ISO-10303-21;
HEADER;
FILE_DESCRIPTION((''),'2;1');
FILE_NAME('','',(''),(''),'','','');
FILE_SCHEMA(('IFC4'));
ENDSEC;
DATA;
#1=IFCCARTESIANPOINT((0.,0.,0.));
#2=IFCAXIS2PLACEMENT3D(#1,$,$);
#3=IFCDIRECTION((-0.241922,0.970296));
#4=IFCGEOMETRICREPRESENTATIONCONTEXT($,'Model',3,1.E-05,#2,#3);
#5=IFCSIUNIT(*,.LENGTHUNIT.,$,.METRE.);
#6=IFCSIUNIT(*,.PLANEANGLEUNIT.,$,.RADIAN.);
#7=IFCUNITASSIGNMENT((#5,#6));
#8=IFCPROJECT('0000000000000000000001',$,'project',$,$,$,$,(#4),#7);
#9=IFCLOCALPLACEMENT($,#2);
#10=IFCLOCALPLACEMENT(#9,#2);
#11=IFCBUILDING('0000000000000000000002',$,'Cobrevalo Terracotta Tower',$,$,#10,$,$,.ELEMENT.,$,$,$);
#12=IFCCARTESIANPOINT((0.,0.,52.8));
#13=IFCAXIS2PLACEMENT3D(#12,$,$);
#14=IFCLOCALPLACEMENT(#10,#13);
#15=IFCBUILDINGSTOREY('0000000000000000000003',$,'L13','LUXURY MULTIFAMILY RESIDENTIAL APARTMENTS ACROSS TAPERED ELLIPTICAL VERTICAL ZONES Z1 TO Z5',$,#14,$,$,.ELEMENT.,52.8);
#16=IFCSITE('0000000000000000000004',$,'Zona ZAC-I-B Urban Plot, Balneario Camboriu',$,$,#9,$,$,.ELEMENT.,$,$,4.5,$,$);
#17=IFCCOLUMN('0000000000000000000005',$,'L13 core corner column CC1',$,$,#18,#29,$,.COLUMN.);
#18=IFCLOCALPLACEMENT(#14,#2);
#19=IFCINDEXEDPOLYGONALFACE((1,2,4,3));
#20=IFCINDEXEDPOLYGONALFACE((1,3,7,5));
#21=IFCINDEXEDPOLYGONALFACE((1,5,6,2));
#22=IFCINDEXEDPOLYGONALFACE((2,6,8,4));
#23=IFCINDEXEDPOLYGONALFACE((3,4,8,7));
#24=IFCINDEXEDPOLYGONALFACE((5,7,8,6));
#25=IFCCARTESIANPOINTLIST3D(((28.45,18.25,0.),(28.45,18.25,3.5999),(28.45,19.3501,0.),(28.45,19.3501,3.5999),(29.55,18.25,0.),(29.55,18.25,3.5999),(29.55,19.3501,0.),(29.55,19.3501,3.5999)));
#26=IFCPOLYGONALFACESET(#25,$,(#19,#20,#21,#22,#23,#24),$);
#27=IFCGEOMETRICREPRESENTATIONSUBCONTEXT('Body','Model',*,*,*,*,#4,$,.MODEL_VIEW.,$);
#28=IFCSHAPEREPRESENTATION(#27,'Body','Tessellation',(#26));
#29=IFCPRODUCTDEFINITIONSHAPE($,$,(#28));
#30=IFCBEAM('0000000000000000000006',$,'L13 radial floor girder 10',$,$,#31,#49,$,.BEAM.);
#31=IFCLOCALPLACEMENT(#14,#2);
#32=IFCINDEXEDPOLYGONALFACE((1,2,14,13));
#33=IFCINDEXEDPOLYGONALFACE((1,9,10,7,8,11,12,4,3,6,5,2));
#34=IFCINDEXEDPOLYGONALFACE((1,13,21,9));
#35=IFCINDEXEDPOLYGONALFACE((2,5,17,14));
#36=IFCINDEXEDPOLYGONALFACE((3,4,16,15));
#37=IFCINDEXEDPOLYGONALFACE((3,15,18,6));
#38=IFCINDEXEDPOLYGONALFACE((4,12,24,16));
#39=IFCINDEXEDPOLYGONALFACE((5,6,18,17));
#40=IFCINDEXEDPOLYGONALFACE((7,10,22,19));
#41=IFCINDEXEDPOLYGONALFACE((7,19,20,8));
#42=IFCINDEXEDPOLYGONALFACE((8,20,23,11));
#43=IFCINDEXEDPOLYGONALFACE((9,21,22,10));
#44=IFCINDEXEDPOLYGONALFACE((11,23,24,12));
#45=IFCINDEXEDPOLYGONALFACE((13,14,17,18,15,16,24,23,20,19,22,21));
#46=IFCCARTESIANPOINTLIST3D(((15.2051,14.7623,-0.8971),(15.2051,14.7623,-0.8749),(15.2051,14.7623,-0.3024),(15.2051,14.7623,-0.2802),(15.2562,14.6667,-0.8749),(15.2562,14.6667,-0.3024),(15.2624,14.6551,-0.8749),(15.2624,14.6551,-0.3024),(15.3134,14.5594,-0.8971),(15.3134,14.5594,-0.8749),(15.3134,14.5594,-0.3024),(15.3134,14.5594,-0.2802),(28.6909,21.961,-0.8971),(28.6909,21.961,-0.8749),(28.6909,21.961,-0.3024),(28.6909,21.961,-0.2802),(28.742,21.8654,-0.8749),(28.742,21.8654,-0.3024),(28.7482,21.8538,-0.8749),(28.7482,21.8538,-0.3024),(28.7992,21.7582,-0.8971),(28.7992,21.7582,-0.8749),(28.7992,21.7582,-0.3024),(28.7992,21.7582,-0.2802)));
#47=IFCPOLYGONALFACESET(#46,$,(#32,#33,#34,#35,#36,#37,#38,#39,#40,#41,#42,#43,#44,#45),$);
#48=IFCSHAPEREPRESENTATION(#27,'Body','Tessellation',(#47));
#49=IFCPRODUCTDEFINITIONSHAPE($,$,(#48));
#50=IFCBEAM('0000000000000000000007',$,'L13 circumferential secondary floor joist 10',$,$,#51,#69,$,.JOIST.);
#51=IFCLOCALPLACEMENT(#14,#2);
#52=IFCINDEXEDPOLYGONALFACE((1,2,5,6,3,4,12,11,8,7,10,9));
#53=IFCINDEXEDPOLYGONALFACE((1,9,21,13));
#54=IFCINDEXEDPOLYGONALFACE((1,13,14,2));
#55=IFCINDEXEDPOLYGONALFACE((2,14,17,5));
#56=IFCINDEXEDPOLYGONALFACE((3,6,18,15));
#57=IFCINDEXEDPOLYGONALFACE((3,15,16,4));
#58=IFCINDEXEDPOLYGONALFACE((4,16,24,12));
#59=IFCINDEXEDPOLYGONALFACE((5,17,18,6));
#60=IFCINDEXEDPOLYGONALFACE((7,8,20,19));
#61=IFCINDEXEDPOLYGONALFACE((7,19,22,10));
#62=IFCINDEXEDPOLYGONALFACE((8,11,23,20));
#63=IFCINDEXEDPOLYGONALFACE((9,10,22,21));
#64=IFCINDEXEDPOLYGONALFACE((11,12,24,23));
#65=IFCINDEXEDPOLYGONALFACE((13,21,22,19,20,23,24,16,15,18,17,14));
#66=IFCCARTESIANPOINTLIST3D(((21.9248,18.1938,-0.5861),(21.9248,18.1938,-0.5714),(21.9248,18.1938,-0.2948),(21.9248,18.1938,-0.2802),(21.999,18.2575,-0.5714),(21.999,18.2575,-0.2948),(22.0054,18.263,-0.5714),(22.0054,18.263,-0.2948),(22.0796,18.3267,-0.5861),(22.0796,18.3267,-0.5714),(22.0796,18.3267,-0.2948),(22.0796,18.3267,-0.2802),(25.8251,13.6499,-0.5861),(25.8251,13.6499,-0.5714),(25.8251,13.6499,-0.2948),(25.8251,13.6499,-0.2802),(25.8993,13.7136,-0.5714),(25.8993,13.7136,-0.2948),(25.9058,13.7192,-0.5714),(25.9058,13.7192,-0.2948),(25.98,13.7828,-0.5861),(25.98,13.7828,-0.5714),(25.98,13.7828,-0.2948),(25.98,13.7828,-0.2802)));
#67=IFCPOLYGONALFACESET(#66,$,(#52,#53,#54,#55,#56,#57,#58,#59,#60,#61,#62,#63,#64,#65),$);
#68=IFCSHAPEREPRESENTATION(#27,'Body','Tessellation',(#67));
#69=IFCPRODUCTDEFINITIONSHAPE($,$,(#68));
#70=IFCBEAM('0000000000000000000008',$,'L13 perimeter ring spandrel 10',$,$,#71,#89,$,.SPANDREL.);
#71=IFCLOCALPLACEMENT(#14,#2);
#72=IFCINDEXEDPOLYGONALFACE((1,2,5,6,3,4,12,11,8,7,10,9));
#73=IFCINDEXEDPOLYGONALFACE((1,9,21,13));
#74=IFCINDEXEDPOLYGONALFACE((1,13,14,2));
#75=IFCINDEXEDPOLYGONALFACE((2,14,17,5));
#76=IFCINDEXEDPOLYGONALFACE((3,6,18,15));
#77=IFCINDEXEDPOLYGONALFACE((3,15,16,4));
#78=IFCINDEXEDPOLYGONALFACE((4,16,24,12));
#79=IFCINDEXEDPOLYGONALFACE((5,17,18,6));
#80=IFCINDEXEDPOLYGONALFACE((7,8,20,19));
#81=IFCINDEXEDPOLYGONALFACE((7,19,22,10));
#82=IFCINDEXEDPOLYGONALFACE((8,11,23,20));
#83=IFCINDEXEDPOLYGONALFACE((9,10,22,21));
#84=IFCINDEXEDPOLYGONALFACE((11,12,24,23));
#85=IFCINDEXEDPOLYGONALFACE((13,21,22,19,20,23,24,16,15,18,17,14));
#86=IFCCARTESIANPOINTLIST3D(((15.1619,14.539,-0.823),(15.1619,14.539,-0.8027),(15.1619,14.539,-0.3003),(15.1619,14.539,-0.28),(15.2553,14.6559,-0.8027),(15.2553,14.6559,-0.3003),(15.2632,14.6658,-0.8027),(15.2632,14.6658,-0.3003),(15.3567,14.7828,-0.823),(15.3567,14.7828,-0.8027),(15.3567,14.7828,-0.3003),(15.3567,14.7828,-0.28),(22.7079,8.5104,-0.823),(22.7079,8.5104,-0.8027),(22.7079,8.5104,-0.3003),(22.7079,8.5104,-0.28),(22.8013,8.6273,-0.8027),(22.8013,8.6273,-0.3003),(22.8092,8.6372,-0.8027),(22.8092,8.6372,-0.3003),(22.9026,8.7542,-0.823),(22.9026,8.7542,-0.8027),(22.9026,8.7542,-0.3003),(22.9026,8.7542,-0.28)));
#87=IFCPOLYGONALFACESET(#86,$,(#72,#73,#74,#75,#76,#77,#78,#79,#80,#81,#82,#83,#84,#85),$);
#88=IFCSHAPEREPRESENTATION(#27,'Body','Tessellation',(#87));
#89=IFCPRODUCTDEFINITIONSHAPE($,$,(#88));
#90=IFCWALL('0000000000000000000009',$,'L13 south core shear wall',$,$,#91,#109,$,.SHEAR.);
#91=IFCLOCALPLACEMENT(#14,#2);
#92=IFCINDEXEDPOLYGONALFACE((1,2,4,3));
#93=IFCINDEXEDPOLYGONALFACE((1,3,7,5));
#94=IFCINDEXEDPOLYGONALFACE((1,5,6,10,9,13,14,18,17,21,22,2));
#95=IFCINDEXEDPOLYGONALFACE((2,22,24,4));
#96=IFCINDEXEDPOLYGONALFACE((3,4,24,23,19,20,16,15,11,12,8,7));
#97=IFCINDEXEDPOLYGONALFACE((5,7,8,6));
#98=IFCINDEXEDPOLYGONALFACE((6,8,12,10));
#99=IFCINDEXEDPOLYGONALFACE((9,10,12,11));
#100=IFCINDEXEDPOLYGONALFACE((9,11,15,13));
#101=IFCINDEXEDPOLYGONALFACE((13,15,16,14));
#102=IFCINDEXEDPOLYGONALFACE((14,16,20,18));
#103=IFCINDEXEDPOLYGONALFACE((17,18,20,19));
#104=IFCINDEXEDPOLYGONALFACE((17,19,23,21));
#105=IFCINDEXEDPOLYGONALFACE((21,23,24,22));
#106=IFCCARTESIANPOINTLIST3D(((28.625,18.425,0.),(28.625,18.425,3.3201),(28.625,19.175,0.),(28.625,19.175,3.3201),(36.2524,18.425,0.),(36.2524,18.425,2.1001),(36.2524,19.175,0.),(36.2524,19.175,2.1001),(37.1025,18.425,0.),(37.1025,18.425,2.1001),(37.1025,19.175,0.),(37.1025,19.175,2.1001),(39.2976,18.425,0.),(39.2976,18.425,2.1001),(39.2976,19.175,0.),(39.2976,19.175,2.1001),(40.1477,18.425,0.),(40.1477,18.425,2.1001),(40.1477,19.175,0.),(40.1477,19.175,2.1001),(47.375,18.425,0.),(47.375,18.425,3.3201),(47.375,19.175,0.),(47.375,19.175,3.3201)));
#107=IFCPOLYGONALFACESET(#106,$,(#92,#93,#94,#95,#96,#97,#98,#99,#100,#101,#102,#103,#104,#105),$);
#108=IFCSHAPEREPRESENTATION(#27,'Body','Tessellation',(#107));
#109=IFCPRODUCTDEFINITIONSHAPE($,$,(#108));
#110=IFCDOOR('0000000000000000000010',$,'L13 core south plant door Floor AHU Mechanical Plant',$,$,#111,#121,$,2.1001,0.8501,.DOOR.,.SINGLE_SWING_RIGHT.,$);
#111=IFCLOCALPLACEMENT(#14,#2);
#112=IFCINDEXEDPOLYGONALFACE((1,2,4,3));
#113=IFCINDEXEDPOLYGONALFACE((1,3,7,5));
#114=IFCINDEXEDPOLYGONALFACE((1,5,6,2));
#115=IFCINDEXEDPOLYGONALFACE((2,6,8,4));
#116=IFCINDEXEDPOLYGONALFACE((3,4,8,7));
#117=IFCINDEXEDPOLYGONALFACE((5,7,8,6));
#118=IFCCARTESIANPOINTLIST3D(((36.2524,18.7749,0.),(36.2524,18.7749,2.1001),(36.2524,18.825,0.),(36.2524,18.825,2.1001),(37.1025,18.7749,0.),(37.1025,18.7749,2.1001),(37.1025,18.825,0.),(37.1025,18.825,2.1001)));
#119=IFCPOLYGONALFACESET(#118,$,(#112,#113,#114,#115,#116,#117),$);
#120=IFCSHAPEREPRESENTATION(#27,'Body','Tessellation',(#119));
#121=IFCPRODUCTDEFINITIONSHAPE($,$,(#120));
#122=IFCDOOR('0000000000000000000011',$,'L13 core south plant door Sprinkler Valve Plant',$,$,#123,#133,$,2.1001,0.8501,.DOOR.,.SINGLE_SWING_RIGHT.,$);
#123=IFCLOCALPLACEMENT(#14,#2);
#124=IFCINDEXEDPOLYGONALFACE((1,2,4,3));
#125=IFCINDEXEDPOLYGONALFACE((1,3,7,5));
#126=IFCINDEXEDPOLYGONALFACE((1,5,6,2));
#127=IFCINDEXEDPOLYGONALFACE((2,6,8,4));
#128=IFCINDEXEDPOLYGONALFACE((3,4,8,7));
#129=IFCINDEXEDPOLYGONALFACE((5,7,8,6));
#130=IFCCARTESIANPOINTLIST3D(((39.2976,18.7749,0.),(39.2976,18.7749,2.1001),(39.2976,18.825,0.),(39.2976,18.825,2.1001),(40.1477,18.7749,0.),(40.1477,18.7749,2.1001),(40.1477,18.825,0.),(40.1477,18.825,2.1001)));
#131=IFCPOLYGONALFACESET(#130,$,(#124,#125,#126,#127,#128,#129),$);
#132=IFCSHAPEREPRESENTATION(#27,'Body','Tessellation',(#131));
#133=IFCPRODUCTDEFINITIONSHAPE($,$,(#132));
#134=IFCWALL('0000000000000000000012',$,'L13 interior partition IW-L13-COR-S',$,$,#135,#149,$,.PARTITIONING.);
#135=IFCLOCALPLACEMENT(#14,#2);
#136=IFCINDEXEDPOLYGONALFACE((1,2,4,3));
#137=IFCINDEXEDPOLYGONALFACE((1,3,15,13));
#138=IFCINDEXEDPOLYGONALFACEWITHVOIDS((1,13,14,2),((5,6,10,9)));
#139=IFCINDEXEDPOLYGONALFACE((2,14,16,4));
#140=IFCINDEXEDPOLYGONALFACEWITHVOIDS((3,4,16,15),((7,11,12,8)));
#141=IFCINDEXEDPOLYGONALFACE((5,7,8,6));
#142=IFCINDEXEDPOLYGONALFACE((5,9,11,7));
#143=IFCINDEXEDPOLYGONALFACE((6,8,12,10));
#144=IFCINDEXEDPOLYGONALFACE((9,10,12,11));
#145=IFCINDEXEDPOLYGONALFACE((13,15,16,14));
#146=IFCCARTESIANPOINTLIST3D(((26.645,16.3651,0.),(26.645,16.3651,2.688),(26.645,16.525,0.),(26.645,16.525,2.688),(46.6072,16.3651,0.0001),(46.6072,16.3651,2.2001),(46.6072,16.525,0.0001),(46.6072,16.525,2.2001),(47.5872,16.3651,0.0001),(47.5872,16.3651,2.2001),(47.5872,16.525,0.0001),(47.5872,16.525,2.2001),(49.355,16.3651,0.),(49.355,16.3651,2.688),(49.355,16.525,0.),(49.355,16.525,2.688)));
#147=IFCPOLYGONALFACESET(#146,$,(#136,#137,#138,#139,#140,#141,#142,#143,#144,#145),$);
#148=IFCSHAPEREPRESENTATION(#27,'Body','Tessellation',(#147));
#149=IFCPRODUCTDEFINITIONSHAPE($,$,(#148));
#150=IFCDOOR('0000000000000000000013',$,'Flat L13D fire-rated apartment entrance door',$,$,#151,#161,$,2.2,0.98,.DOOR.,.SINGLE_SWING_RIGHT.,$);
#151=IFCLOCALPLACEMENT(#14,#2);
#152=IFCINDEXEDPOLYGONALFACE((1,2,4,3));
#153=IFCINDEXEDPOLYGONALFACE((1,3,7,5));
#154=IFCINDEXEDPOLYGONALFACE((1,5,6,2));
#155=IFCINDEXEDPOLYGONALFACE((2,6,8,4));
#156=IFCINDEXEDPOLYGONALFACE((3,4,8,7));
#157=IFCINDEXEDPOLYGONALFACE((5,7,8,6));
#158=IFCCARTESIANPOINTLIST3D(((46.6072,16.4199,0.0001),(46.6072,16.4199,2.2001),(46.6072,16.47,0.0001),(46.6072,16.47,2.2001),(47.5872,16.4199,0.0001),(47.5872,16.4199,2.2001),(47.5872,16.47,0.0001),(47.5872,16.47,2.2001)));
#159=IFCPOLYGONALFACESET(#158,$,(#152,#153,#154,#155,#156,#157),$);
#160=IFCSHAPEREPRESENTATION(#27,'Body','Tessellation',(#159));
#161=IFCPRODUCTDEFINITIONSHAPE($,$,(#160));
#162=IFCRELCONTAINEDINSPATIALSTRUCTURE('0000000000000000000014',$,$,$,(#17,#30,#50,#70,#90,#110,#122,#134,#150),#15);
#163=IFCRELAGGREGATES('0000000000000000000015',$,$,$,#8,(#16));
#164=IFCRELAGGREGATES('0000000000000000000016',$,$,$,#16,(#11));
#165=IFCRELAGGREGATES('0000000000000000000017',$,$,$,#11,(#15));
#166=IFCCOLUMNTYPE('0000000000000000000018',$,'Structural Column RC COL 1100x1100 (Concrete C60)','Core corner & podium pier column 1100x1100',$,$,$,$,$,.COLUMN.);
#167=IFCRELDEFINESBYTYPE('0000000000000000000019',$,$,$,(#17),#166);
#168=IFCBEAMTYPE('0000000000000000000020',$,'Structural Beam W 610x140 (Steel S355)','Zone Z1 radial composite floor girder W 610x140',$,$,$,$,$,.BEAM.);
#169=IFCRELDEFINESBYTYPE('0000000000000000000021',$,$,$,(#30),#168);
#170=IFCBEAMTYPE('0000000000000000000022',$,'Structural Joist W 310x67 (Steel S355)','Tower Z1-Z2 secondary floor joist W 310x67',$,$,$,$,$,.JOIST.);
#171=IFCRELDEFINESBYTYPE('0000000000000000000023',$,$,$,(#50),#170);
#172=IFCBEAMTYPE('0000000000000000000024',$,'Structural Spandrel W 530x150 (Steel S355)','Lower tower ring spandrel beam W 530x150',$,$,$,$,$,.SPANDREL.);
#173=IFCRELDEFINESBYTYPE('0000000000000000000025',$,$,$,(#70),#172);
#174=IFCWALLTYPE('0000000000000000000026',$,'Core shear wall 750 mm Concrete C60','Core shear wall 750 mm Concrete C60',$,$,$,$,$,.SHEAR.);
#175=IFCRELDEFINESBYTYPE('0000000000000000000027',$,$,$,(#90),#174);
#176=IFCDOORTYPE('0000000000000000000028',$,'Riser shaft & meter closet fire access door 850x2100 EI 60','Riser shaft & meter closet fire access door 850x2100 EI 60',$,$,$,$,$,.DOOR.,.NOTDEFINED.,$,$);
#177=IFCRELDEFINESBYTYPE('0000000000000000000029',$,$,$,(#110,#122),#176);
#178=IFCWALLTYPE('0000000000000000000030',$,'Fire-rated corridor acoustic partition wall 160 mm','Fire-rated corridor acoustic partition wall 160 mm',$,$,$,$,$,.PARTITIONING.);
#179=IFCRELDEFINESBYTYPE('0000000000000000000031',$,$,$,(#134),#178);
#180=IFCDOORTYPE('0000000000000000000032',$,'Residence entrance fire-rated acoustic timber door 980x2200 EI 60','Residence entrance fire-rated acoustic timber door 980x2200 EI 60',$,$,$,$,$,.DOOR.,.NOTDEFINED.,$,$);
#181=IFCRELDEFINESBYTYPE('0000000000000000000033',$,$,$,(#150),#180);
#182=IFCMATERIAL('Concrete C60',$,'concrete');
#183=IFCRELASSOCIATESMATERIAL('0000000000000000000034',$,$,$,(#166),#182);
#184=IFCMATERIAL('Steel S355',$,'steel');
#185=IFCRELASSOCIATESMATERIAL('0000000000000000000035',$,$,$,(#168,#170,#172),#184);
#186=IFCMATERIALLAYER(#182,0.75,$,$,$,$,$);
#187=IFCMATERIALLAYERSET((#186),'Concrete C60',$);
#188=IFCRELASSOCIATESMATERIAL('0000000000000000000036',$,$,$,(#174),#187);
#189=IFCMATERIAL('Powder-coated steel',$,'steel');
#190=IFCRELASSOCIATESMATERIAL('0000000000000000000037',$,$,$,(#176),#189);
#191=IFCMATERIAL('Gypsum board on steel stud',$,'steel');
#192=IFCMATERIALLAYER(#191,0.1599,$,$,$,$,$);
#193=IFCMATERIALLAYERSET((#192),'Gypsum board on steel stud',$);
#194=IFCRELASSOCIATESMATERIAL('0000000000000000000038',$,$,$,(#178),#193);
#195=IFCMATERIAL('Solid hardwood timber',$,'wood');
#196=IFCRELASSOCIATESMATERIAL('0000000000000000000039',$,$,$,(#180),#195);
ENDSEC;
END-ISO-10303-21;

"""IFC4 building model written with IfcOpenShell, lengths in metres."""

from ifc_helpers import new_model, si_unit, direction, frame, frame_2d, origin, origin_2d, place, context, subcontext, project, spatial, rectangle, i_section, extrude, source, transform, mapped, material, layer, layer_set, material_profile, profile_set, type_object, element, fill, save


model = new_model("IFC4")

# Units and contexts
model_context = context("Model", 3, precision=1e-05, world=origin(), true_north=direction((-0.241922, 0.970296)))
body_context = subcontext(model_context, "Body", "Model", "MODEL_VIEW")
ifc_project = project(units=[si_unit("LENGTHUNIT", "METRE"), si_unit("PLANEANGLEUNIT", "RADIAN")], contexts=[model_context])

# Site, building, storey
site_placement = place(None, origin())
site = spatial("IfcSite", under=ifc_project, at=site_placement, Name="Zona ZAC-I-B Urban Plot, Balneario Camboriu", CompositionType="ELEMENT", RefElevation=4.5)
building_placement = place(site_placement, origin())
building = spatial("IfcBuilding", under=site, at=building_placement, Name="Cobrevalo Terracotta Tower", CompositionType="ELEMENT")
storey_placement = place(building_placement, frame((0.0, 0.0, 52.8)))
storey = spatial("IfcBuildingStorey", under=building, at=storey_placement, Name="L13", Description="LUXURY MULTIFAMILY RESIDENTIAL APARTMENTS ACROSS TAPERED ELLIPTICAL VERTICAL ZONES Z1 TO Z5", CompositionType="ELEMENT", Elevation=52.8)

# Column
ifc_material_1 = material(Name="Concrete C60", Category="concrete")
ifc_material_profile_1 = material_profile(ifc_material_1, rectangle(XDim=1.1001, YDim=1.1001, at=origin_2d()), Name="RC COL 1100x1100")
ifc_profile_set_1 = profile_set([ifc_material_profile_1], Name="Concrete C60")
column_type = type_object("IfcColumnType", Name="Structural Column RC COL 1100x1100 (Concrete C60)", Description="Core corner & podium pier column 1100x1100", PredefinedType="COLUMN", material=ifc_profile_set_1)
column_placement = place(storey_placement, frame((29.0, 18.8, 0.0), z_axis=(0.0, 0.0, 1.0), x_axis=(1.0, 0.0, 0.0)))
element("IfcColumn", 1, at=column_placement, inside=storey, type_object=column_type, Name="L13 core corner column CC1", PredefinedType="COLUMN", context=body_context, shape_type="SweptSolid", body=[
    extrude(rectangle(XDim=1.1001, YDim=1.1001, at=origin_2d()), origin(), (0.0, 0.0, 1.0), 3.5999),
])

# Beams
ifc_material_2 = material(Name="Steel S355", Category="steel")
ifc_material_profile_2 = material_profile(ifc_material_2, i_section(OverallWidth=0.23, OverallDepth=0.6169, WebThickness=0.0132, FlangeThickness=0.0222, at=origin_2d()), Name="W 610x140")
ifc_profile_set_2 = profile_set([ifc_material_profile_2], Name="Steel S355")
beam_type_1 = type_object("IfcBeamType", Name="Structural Beam W 610x140 (Steel S355)", Description="Zone Z1 radial composite floor girder W 610x140", PredefinedType="BEAM", material=ifc_profile_set_2)
beam_1_placement = place(storey_placement, frame((15.2593, 14.6609, -0.5886), z_axis=(0.882182, 0.470908, 0.0), x_axis=(-0.470908, 0.882182, 0.0)))
element("IfcBeam", 2, at=beam_1_placement, inside=storey, type_object=beam_type_1, Name="L13 radial floor girder 10", PredefinedType="BEAM", context=body_context, shape_type="SweptSolid", body=[
    extrude(i_section(OverallWidth=0.23, OverallDepth=0.6169, WebThickness=0.0132, FlangeThickness=0.0222, at=origin_2d()), origin(), (0.0, 0.0, 1.0), 15.2869),
])
ifc_material_profile_3 = material_profile(ifc_material_2, i_section(OverallWidth=0.2041, OverallDepth=0.3059, WebThickness=0.0085, FlangeThickness=0.0146, at=origin_2d()), Name="W 310x67")
ifc_profile_set_3 = profile_set([ifc_material_profile_3], Name="Steel S355")
beam_type_2 = type_object("IfcBeamType", Name="Structural Joist W 310x67 (Steel S355)", Description="Tower Z1-Z2 secondary floor joist W 310x67", PredefinedType="JOIST", material=ifc_profile_set_3)
beam_2_placement = place(storey_placement, frame((22.0022, 18.2603, -0.4331), z_axis=(0.651328, -0.758796, 0.0), x_axis=(0.758796, 0.651328, 0.0)))
element("IfcBeam", 3, at=beam_2_placement, inside=storey, type_object=beam_type_2, Name="L13 circumferential secondary floor joist 10", PredefinedType="JOIST", context=body_context, shape_type="SweptSolid", body=[
    extrude(i_section(OverallWidth=0.2041, OverallDepth=0.3059, WebThickness=0.0085, FlangeThickness=0.0146, at=origin_2d()), origin(), (0.0, 0.0, 1.0), 5.9883),
])
ifc_material_profile_4 = material_profile(ifc_material_2, i_section(OverallWidth=0.312, OverallDepth=0.543, WebThickness=0.0127, FlangeThickness=0.0203, at=origin_2d()), Name="W 530x150")
ifc_profile_set_4 = profile_set([ifc_material_profile_4], Name="Steel S355")
beam_type_3 = type_object("IfcBeamType", Name="Structural Spandrel W 530x150 (Steel S355)", Description="Lower tower ring spandrel beam W 530x150", PredefinedType="SPANDREL", material=ifc_profile_set_4)
beam_3_placement = place(storey_placement, frame((15.2593, 14.6609, -0.5515), z_axis=(0.78128, -0.62418, 0.0), x_axis=(0.62418, 0.78128, 0.0)))
element("IfcBeam", 4, at=beam_3_placement, inside=storey, type_object=beam_type_3, Name="L13 perimeter ring spandrel 10", PredefinedType="SPANDREL", context=body_context, shape_type="SweptSolid", body=[
    extrude(i_section(OverallWidth=0.312, OverallDepth=0.543, WebThickness=0.0127, FlangeThickness=0.0203, at=origin_2d()), origin(), (0.0, 0.0, 1.0), 9.6584),
])

# Wall, openings, doors
ifc_layer_1 = layer(ifc_material_1, 0.75)
ifc_layer_set_1 = layer_set([ifc_layer_1], Name="Concrete C60")
wall_type_1 = type_object("IfcWallType", Name="Core shear wall 750 mm Concrete C60", Description="Core shear wall 750 mm Concrete C60", PredefinedType="SHEAR", material=ifc_layer_set_1)
wall_1_placement = place(storey_placement, frame((28.625, 18.8, 0.0), z_axis=(0.0, 0.0, 1.0), x_axis=(1.0, 0.0, 0.0)))
wall_1 = element("IfcWall", 5, at=wall_1_placement, inside=storey, type_object=wall_type_1, Name="L13 south core shear wall", PredefinedType="SHEAR", context=body_context, shape_type="SweptSolid", body=[
    extrude(rectangle(XDim=18.75, YDim=0.75, at=frame_2d((9.375, 0.0))), origin(), (0.0, 0.0, 1.0), 3.3201),
])
opening_1_placement = place(wall_1_placement, frame((7.6274, 0.0, 0.0)))
opening_1 = element("IfcOpeningElement", 6, at=opening_1_placement, cuts=wall_1, PredefinedType="OPENING", context=body_context, shape_type="SweptSolid", body=[
    extrude(rectangle(XDim=0.8501, YDim=2.1001, at=frame_2d((0.425, 1.05))), frame((0.0, 0.385, 0.0), z_axis=(0.0, -1.0, 0.0), x_axis=(1.0, 0.0, 0.0)), (0.0, 0.0, 1.0), 0.77),
])
opening_2_placement = place(wall_1_placement, frame((10.6726, 0.0, 0.0)))
opening_2 = element("IfcOpeningElement", 7, at=opening_2_placement, cuts=wall_1, PredefinedType="OPENING", context=body_context, shape_type="SweptSolid", body=[
    extrude(rectangle(XDim=0.8501, YDim=2.1001, at=frame_2d((0.425, 1.05))), frame((0.0, 0.385, 0.0), z_axis=(0.0, -1.0, 0.0), x_axis=(1.0, 0.0, 0.0)), (0.0, 0.0, 1.0), 0.77),
])
ifc_material_3 = material(Name="Powder-coated steel", Category="steel")
door_type_1 = type_object("IfcDoorType", Name="Riser shaft & meter closet fire access door 850x2100 EI 60", Description="Riser shaft & meter closet fire access door 850x2100 EI 60", OperationType="NOTDEFINED", PredefinedType="DOOR", material=ifc_material_3)
shared_shape_1 = source(origin(), body_context, "Body", "SweptSolid", [
    extrude(rectangle(XDim=0.8501, YDim=2.1001, at=frame_2d((0.425, 1.05))), frame((0.0, 0.0249, 0.0), z_axis=(0.0, -1.0, 0.0), x_axis=(1.0, 0.0, 0.0)), (0.0, 0.0, 1.0), 0.05),
])
door_1_placement = place(opening_1_placement, origin())
door_1 = element("IfcDoor", 8, at=door_1_placement, inside=storey, type_object=door_type_1, Name="L13 core south plant door Floor AHU Mechanical Plant", OperationType="SINGLE_SWING_RIGHT", OverallHeight=2.1001, OverallWidth=0.8501, PredefinedType="DOOR", context=body_context, shape_type="MappedRepresentation", body=[
    mapped(shared_shape_1, transform((0.0, 0.0, 0.0), scale=1.0)),
])
fill(opening_1, door_1)
door_2_placement = place(opening_2_placement, origin())
door_2 = element("IfcDoor", 9, at=door_2_placement, inside=storey, type_object=door_type_1, Name="L13 core south plant door Sprinkler Valve Plant", OperationType="SINGLE_SWING_RIGHT", OverallHeight=2.1001, OverallWidth=0.8501, PredefinedType="DOOR", context=body_context, shape_type="MappedRepresentation", body=[
    mapped(shared_shape_1, transform((0.0, 0.0, 0.0), scale=1.0)),
])
fill(opening_2, door_2)

# Wall, opening, door
ifc_material_4 = material(Name="Gypsum board on steel stud", Category="steel")
ifc_layer_2 = layer(ifc_material_4, 0.1599)
ifc_layer_set_2 = layer_set([ifc_layer_2], Name="Gypsum board on steel stud")
wall_type_2 = type_object("IfcWallType", Name="Fire-rated corridor acoustic partition wall 160 mm", Description="Fire-rated corridor acoustic partition wall 160 mm", PredefinedType="PARTITIONING", material=ifc_layer_set_2)
wall_2_placement = place(storey_placement, frame((26.645, 16.4451, 0.0), z_axis=(0.0, 0.0, 1.0), x_axis=(1.0, 0.0, 0.0)))
wall_2 = element("IfcWall", 10, at=wall_2_placement, inside=storey, type_object=wall_type_2, Name="L13 interior partition IW-L13-COR-S", PredefinedType="PARTITIONING", context=body_context, shape_type="SweptSolid", body=[
    extrude(rectangle(XDim=22.71, YDim=0.1599, at=frame_2d((11.355, 0.0))), origin(), (0.0, 0.0, 1.0), 2.688),
])
opening_3_placement = place(wall_2_placement, frame((19.9622, 0.0, 0.0)))
opening_3 = element("IfcOpeningElement", 11, at=opening_3_placement, cuts=wall_2, PredefinedType="OPENING", context=body_context, shape_type="SweptSolid", body=[
    extrude(rectangle(XDim=0.98, YDim=2.2, at=frame_2d((0.49, 1.1001))), frame((0.0, 0.0898, 0.0), z_axis=(0.0, -1.0, 0.0), x_axis=(1.0, 0.0, 0.0)), (0.0, 0.0, 1.0), 0.1799),
])
ifc_material_5 = material(Name="Solid hardwood timber", Category="wood")
door_type_2 = type_object("IfcDoorType", Name="Residence entrance fire-rated acoustic timber door 980x2200 EI 60", Description="Residence entrance fire-rated acoustic timber door 980x2200 EI 60", OperationType="NOTDEFINED", PredefinedType="DOOR", material=ifc_material_5)
shared_shape_2 = source(origin(), body_context, "Body", "SweptSolid", [
    extrude(rectangle(XDim=0.98, YDim=2.2, at=frame_2d((0.49, 1.1001))), frame((0.0, 0.0249, 0.0), z_axis=(0.0, -1.0, 0.0), x_axis=(1.0, 0.0, 0.0)), (0.0, 0.0, 1.0), 0.05),
])
door_3_placement = place(opening_3_placement, origin())
door_3 = element("IfcDoor", 12, at=door_3_placement, inside=storey, type_object=door_type_2, Name="Flat L13D fire-rated apartment entrance door", OperationType="SINGLE_SWING_RIGHT", OverallHeight=2.2, OverallWidth=0.98, PredefinedType="DOOR", context=body_context, shape_type="MappedRepresentation", body=[
    mapped(shared_shape_2, transform((0.0, 0.0, 0.0), scale=1.0)),
])
fill(opening_3, door_3)

save(model, "model.ifc")
